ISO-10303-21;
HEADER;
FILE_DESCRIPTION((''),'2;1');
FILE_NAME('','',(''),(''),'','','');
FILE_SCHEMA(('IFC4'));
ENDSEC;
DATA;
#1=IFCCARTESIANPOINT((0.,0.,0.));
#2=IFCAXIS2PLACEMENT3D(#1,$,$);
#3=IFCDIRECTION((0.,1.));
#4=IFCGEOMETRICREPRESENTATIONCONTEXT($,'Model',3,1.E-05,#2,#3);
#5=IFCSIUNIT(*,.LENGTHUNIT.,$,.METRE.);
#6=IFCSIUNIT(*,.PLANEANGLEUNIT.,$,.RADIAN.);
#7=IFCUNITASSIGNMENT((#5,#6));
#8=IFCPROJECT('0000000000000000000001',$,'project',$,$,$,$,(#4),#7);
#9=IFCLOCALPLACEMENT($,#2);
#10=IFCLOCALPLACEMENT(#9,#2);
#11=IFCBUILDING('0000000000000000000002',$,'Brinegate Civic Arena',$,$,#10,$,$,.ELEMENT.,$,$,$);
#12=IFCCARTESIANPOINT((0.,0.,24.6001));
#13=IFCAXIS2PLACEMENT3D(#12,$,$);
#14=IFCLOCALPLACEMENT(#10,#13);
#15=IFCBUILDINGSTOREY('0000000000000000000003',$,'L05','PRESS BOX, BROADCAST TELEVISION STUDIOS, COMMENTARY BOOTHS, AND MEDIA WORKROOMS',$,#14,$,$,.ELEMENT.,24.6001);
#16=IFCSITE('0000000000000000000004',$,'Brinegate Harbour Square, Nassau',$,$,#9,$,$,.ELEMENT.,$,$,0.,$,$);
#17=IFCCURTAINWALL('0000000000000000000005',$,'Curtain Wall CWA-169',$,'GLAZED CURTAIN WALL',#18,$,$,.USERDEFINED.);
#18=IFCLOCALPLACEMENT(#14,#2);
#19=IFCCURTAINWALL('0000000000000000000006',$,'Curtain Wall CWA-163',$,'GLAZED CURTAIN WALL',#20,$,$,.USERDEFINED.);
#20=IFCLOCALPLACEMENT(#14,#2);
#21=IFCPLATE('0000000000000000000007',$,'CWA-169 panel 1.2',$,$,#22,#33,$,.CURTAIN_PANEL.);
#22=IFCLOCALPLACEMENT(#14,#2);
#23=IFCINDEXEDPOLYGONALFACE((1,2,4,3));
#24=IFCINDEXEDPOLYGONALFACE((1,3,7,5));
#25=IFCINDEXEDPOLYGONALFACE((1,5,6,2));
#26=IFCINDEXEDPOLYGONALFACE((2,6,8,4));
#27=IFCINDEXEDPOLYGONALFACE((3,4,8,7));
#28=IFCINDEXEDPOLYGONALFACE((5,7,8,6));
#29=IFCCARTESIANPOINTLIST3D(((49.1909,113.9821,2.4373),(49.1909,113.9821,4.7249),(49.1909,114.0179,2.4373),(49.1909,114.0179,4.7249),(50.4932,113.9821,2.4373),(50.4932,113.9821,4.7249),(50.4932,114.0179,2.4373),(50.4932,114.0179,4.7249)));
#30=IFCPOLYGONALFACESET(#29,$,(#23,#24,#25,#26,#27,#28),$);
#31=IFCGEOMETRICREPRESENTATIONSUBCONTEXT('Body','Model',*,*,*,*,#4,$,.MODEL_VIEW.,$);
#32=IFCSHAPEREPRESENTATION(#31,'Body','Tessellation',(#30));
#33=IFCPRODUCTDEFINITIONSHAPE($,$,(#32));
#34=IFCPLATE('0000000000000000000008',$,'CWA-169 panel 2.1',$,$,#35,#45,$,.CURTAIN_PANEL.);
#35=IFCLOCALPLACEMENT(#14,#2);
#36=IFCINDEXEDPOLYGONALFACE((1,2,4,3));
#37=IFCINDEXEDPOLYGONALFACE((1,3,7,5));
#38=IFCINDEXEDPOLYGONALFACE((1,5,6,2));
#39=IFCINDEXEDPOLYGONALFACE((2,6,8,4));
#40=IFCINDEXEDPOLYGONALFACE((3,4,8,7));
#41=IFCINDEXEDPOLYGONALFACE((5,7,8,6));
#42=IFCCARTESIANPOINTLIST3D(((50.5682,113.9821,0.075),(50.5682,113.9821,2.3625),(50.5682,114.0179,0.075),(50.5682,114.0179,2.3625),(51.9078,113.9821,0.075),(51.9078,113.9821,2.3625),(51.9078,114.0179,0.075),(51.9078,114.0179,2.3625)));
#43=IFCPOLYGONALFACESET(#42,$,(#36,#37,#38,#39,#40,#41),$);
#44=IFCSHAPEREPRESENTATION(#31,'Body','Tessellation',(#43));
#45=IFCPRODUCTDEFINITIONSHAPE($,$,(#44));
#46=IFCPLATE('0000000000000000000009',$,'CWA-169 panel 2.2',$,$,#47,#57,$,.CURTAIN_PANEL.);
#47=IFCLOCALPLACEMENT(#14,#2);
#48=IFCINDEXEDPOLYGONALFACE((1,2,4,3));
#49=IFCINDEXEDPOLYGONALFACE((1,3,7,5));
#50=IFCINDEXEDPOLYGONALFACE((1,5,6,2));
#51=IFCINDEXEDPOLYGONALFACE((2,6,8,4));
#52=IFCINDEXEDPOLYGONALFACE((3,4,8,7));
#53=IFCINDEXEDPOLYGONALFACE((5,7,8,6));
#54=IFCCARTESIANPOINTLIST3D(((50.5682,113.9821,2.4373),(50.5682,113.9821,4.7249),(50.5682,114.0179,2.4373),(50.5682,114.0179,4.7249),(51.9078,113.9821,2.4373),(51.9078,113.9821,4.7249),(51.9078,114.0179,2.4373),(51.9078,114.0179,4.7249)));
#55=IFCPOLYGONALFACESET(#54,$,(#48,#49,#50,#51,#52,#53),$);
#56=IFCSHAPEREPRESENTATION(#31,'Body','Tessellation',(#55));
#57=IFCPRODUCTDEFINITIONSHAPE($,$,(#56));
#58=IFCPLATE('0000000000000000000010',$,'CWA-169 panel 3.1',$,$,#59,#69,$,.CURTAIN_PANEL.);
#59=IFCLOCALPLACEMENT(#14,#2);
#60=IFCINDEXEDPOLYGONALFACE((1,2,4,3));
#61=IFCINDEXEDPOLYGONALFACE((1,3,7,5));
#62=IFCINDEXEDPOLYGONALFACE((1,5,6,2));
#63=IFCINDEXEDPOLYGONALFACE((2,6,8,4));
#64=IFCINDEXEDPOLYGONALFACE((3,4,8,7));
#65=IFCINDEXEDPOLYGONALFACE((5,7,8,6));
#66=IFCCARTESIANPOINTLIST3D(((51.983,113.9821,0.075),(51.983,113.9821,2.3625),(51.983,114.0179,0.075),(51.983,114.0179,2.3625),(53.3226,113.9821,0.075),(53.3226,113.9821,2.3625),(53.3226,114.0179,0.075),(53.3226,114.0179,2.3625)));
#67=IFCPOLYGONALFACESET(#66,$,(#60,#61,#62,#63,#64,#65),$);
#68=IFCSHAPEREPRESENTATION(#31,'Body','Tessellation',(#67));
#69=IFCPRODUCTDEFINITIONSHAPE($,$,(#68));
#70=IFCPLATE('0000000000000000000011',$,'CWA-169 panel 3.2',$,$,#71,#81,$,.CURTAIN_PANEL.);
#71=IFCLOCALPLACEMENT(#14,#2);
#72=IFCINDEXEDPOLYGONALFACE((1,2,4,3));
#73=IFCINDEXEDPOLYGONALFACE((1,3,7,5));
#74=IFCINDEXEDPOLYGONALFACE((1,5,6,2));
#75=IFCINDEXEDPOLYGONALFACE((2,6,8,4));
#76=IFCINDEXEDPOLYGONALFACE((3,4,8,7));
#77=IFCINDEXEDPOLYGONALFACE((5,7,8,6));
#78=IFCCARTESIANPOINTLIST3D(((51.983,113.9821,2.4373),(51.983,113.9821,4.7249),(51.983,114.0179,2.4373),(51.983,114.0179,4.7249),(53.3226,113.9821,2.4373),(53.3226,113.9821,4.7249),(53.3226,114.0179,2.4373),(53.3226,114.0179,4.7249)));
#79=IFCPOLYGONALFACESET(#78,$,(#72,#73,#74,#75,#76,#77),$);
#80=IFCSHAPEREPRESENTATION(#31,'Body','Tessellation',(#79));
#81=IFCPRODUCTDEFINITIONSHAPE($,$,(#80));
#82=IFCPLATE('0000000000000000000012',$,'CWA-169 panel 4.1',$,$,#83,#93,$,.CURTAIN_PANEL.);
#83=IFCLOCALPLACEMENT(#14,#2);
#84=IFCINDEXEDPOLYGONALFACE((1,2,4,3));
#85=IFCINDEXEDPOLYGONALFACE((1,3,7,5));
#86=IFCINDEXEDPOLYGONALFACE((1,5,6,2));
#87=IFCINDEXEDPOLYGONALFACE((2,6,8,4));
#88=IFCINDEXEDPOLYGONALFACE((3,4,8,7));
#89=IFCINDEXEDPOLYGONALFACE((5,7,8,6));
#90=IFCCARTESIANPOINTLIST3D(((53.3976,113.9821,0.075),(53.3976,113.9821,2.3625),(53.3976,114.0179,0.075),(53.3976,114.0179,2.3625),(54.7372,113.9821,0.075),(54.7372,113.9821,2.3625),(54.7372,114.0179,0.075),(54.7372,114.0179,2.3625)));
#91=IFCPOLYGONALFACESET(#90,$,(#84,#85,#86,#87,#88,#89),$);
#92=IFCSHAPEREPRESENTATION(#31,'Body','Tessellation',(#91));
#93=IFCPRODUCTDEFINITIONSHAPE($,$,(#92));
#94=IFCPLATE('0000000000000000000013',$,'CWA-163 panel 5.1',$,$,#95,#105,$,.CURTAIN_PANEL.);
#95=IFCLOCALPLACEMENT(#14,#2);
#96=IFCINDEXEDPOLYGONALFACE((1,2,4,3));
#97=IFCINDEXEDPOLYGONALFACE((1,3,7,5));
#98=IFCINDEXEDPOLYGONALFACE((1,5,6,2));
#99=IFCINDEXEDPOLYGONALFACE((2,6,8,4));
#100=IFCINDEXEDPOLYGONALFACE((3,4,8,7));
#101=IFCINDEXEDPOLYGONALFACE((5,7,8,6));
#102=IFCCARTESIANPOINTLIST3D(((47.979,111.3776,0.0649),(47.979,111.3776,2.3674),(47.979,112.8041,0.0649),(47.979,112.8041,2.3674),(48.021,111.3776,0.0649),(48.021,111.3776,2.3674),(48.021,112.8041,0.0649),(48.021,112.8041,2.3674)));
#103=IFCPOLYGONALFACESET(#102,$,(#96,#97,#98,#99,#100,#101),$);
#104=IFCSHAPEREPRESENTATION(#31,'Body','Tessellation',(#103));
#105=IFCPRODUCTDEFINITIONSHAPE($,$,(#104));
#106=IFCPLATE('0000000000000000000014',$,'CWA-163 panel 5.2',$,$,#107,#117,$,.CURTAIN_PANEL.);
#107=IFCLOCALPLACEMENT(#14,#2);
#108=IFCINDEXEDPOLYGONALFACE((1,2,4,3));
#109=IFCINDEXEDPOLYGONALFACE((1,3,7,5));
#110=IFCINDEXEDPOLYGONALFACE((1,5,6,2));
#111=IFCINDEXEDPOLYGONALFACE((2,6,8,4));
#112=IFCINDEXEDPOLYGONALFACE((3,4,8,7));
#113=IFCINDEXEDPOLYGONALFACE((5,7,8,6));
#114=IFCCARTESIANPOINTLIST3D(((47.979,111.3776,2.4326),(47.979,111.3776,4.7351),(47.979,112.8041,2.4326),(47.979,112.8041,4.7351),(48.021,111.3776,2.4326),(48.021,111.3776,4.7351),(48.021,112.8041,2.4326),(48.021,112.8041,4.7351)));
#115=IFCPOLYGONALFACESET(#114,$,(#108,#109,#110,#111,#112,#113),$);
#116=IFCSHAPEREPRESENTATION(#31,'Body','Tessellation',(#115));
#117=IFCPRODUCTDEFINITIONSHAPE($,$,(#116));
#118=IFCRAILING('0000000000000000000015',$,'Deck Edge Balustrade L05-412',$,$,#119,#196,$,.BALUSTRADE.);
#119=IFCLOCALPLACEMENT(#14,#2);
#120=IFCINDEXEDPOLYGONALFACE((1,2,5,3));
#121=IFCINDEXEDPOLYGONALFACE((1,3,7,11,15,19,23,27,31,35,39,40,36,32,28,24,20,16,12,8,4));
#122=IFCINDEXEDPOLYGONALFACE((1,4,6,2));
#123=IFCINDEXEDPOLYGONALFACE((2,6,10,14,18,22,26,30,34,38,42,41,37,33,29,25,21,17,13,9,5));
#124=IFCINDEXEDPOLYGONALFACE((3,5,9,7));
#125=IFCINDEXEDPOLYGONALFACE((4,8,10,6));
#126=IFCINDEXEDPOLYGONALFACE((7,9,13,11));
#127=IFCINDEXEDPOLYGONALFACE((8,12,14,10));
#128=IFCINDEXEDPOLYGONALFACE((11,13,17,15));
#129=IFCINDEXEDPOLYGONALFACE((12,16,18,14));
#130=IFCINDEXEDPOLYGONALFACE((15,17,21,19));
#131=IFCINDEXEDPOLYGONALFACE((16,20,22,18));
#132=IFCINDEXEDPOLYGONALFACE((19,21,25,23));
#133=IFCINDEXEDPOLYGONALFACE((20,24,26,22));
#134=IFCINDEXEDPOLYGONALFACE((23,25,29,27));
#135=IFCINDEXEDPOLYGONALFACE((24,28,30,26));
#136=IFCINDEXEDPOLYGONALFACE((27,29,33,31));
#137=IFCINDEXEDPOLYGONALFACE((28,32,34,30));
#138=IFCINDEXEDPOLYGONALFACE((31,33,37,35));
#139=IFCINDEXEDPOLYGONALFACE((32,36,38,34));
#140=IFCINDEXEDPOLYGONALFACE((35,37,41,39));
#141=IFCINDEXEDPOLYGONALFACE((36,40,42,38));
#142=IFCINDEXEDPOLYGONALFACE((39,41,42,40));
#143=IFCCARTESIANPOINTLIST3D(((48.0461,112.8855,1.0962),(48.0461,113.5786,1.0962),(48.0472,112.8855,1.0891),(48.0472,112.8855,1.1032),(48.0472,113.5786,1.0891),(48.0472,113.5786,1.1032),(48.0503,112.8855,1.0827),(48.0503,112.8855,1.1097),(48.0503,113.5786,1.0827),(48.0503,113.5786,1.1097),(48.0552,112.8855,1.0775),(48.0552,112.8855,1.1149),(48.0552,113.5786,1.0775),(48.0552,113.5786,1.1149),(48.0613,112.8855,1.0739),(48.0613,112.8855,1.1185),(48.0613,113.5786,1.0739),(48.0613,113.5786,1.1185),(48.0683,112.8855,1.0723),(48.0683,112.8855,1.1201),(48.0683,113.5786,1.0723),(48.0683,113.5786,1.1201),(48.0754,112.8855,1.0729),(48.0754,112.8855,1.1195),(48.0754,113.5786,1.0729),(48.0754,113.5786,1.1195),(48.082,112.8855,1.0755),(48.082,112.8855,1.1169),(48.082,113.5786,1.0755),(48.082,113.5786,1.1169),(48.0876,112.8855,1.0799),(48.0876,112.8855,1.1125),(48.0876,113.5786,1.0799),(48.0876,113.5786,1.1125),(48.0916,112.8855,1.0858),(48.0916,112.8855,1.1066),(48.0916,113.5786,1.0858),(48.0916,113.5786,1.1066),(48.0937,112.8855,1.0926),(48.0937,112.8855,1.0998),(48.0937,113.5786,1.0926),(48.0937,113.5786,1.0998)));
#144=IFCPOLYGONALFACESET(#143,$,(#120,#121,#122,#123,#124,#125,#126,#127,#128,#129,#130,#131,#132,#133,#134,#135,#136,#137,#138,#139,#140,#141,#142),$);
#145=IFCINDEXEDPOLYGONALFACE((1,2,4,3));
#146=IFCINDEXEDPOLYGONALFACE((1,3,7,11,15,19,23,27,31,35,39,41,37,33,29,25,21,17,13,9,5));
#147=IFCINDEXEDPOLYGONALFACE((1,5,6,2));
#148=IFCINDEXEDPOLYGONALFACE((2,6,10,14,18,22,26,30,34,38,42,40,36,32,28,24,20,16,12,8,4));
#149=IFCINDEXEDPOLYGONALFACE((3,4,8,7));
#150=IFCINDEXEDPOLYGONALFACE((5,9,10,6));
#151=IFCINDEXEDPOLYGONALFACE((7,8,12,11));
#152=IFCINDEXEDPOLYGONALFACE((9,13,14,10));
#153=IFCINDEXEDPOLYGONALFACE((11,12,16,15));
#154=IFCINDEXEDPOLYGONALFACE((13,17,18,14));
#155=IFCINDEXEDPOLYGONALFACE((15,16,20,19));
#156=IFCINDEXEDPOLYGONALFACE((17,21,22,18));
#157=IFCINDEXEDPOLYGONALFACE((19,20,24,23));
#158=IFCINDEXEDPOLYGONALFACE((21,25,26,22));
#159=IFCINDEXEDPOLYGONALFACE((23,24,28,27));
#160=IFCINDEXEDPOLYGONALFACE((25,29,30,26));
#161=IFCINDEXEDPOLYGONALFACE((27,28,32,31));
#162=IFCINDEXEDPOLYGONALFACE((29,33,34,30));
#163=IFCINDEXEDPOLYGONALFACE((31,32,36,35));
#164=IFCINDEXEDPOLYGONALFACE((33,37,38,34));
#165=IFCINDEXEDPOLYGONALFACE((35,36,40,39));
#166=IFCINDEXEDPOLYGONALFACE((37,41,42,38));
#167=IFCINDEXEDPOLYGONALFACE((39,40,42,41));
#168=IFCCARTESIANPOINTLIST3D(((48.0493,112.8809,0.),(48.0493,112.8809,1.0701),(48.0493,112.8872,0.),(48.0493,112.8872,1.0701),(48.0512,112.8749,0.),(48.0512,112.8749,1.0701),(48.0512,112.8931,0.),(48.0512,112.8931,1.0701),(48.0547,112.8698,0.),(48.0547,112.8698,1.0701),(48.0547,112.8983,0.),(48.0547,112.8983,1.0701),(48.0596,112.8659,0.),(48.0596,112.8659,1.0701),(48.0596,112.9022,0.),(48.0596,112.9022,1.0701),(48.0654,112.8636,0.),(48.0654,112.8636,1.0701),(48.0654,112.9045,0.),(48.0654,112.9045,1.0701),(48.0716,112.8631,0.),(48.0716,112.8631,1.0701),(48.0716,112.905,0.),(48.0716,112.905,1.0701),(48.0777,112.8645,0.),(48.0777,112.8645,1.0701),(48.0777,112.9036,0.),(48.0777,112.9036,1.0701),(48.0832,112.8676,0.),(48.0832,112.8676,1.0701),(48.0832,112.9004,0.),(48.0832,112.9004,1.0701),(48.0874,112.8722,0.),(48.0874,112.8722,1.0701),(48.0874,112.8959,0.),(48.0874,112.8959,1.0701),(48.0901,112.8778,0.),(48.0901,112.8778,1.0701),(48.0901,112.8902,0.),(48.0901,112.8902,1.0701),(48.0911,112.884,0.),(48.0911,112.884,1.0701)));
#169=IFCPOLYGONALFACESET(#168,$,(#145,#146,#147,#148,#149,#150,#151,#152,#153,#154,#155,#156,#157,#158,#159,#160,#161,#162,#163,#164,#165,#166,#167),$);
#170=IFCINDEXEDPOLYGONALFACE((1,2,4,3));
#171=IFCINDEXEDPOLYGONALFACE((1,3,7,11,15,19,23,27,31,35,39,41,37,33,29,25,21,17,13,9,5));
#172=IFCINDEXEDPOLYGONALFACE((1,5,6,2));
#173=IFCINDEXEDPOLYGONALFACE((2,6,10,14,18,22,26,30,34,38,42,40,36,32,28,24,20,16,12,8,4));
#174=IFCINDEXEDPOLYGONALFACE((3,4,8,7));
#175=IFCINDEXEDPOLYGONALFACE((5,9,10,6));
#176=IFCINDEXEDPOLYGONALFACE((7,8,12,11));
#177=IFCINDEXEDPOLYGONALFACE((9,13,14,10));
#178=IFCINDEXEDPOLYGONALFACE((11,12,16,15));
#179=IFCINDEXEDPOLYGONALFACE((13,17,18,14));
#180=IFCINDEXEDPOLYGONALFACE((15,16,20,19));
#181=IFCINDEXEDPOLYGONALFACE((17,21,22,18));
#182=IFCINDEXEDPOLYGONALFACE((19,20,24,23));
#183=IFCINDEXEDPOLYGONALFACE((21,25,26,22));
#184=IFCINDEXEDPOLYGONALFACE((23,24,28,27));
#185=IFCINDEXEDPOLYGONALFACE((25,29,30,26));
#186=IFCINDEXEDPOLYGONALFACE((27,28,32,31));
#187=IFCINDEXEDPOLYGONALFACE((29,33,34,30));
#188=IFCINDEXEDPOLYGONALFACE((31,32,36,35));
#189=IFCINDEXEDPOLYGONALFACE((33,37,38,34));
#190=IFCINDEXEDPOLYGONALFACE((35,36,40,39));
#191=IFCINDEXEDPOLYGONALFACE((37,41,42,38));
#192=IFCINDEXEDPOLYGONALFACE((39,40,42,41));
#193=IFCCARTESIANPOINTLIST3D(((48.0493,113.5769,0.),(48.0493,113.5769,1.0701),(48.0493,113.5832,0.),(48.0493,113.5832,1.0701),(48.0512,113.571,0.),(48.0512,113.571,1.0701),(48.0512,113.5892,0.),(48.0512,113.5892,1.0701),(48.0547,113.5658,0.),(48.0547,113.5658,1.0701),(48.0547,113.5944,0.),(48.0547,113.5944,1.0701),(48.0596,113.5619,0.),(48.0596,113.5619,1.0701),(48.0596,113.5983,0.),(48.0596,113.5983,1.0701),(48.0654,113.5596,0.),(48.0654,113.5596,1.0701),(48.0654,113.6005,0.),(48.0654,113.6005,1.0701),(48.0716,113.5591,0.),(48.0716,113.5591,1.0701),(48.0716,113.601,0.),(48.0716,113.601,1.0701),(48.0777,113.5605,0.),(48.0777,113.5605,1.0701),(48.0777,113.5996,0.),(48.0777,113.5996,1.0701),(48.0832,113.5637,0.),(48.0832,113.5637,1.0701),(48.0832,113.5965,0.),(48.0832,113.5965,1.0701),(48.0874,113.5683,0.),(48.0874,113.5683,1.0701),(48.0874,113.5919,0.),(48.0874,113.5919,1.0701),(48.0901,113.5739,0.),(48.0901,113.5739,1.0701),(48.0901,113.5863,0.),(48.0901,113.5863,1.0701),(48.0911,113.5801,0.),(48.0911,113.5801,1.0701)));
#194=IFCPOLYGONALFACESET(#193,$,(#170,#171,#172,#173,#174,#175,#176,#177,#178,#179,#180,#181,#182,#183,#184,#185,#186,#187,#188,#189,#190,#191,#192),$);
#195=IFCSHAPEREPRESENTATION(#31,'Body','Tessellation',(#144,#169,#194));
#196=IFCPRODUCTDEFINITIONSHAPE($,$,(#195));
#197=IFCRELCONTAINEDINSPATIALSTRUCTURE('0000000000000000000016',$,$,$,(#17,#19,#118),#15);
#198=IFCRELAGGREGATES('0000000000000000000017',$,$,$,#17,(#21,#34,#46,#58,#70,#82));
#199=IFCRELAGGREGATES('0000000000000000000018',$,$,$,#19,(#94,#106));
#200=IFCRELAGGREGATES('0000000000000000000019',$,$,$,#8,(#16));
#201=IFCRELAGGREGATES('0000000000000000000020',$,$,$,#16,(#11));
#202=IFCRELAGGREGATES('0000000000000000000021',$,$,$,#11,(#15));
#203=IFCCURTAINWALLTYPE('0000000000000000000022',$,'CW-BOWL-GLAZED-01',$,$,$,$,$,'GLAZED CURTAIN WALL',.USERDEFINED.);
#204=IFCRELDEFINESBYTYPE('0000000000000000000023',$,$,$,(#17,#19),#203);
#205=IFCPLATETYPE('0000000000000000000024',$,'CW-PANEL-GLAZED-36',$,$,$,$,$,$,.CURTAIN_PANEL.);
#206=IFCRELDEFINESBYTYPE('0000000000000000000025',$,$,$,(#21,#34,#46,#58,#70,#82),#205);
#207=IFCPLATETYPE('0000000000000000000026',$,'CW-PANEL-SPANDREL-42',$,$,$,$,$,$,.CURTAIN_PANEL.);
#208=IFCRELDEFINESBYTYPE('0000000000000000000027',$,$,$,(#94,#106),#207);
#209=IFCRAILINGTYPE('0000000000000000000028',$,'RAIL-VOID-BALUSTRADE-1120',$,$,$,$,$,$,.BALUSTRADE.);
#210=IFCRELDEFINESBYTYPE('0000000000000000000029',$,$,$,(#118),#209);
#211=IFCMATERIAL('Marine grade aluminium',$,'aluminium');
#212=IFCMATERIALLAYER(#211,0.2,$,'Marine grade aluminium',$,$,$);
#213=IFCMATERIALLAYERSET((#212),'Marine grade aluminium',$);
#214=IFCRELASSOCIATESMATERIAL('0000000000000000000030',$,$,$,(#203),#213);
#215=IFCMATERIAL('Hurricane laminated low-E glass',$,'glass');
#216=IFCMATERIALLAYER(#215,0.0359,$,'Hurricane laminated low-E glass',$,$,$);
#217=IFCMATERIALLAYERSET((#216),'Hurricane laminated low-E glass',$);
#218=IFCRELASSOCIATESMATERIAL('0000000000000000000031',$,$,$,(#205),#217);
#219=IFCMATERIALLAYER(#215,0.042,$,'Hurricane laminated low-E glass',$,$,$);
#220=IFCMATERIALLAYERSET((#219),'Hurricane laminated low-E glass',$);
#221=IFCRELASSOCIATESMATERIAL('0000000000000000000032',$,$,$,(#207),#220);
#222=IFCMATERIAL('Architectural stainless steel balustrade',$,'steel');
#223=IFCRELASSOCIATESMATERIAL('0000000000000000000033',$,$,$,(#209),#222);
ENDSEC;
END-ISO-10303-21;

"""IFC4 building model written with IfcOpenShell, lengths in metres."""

from ifc_helpers import new_model, si_unit, direction, frame, origin, origin_2d, place, context, subcontext, project, spatial, rectangle, circle, extrude, material, layer, layer_set, type_object, element, aggregate, save


model = new_model("IFC4")

# Units and contexts
model_context = context("Model", 3, precision=1e-05, world=origin(), true_north=direction((0.0, 1.0)))
body_context = subcontext(model_context, "Body", "Model", "MODEL_VIEW")
ifc_project = project(units=[si_unit("LENGTHUNIT", "METRE"), si_unit("PLANEANGLEUNIT", "RADIAN")], contexts=[model_context])

# Site, building, storey
site_placement = place(None, origin())
site = spatial("IfcSite", under=ifc_project, at=site_placement, Name="Brinegate Harbour Square, Nassau", CompositionType="ELEMENT", RefElevation=0.0)
building_placement = place(site_placement, origin())
building = spatial("IfcBuilding", under=site, at=building_placement, Name="Brinegate Civic Arena", CompositionType="ELEMENT")
storey_placement = place(building_placement, frame((0.0, 0.0, 24.6001)))
storey = spatial("IfcBuildingStorey", under=building, at=storey_placement, Name="L05", Description="PRESS BOX, BROADCAST TELEVISION STUDIOS, COMMENTARY BOOTHS, AND MEDIA WORKROOMS", CompositionType="ELEMENT", Elevation=24.6001)

# Curtain wall
ifc_material_1 = material(Name="Marine grade aluminium", Category="aluminium")
ifc_layer_1 = layer(ifc_material_1, 0.2, Name="Marine grade aluminium")
ifc_layer_set_1 = layer_set([ifc_layer_1], Name="Marine grade aluminium")
curtain_wall_type = type_object("IfcCurtainWallType", Name="CW-BOWL-GLAZED-01", ElementType="GLAZED CURTAIN WALL", PredefinedType="USERDEFINED", material=ifc_layer_set_1)
curtain_wall_1_placement = place(storey_placement, origin())
curtain_wall_1 = element("IfcCurtainWall", 1, at=curtain_wall_1_placement, inside=storey, type_object=curtain_wall_type, Name="Curtain Wall CWA-169", ObjectType="GLAZED CURTAIN WALL", PredefinedType="USERDEFINED")

# Curtain wall
curtain_wall_2_placement = place(storey_placement, origin())
curtain_wall_2 = element("IfcCurtainWall", 2, at=curtain_wall_2_placement, inside=storey, type_object=curtain_wall_type, Name="Curtain Wall CWA-163", ObjectType="GLAZED CURTAIN WALL", PredefinedType="USERDEFINED")

# Plates
ifc_material_2 = material(Name="Hurricane laminated low-E glass", Category="glass")
ifc_layer_2 = layer(ifc_material_2, 0.0359, Name="Hurricane laminated low-E glass")
ifc_layer_set_2 = layer_set([ifc_layer_2], Name="Hurricane laminated low-E glass")
plate_type_1 = type_object("IfcPlateType", Name="CW-PANEL-GLAZED-36", PredefinedType="CURTAIN_PANEL", material=ifc_layer_set_2)
plate_1_placement = place(storey_placement, frame((49.842, 114.0, 2.4373), z_axis=(0.0, 0.0, 1.0), x_axis=(1.0, 0.0, 0.0)))
plate_1 = element("IfcPlate", 3, at=plate_1_placement, type_object=plate_type_1, Name="CWA-169 panel 1.2", PredefinedType="CURTAIN_PANEL", context=body_context, shape_type="SweptSolid", body=[
    extrude(rectangle(XDim=1.3022, YDim=0.0359, at=origin_2d()), origin(), (0.0, 0.0, 1.0), 2.2876),
])
plate_2_placement = place(storey_placement, frame((51.238, 114.0, 0.075), z_axis=(0.0, 0.0, 1.0), x_axis=(1.0, 0.0, 0.0)))
plate_2 = element("IfcPlate", 4, at=plate_2_placement, type_object=plate_type_1, Name="CWA-169 panel 2.1", PredefinedType="CURTAIN_PANEL", context=body_context, shape_type="SweptSolid", body=[
    extrude(rectangle(XDim=1.3396, YDim=0.0359, at=origin_2d()), origin(), (0.0, 0.0, 1.0), 2.2876),
])
plate_3_placement = place(storey_placement, frame((51.238, 114.0, 2.4373), z_axis=(0.0, 0.0, 1.0), x_axis=(1.0, 0.0, 0.0)))
plate_3 = element("IfcPlate", 5, at=plate_3_placement, type_object=plate_type_1, Name="CWA-169 panel 2.2", PredefinedType="CURTAIN_PANEL", context=body_context, shape_type="SweptSolid", body=[
    extrude(rectangle(XDim=1.3396, YDim=0.0359, at=origin_2d()), origin(), (0.0, 0.0, 1.0), 2.2876),
])
plate_4_placement = place(storey_placement, frame((52.6528, 114.0, 0.075), z_axis=(0.0, 0.0, 1.0), x_axis=(1.0, 0.0, 0.0)))
plate_4 = element("IfcPlate", 6, at=plate_4_placement, type_object=plate_type_1, Name="CWA-169 panel 3.1", PredefinedType="CURTAIN_PANEL", context=body_context, shape_type="SweptSolid", body=[
    extrude(rectangle(XDim=1.3396, YDim=0.0359, at=origin_2d()), origin(), (0.0, 0.0, 1.0), 2.2876),
])
plate_5_placement = place(storey_placement, frame((52.6528, 114.0, 2.4373), z_axis=(0.0, 0.0, 1.0), x_axis=(1.0, 0.0, 0.0)))
plate_5 = element("IfcPlate", 7, at=plate_5_placement, type_object=plate_type_1, Name="CWA-169 panel 3.2", PredefinedType="CURTAIN_PANEL", context=body_context, shape_type="SweptSolid", body=[
    extrude(rectangle(XDim=1.3396, YDim=0.0359, at=origin_2d()), origin(), (0.0, 0.0, 1.0), 2.2876),
])
plate_6_placement = place(storey_placement, frame((54.0674, 114.0, 0.075), z_axis=(0.0, 0.0, 1.0), x_axis=(1.0, 0.0, 0.0)))
plate_6 = element("IfcPlate", 8, at=plate_6_placement, type_object=plate_type_1, Name="CWA-169 panel 4.1", PredefinedType="CURTAIN_PANEL", context=body_context, shape_type="SweptSolid", body=[
    extrude(rectangle(XDim=1.3396, YDim=0.0359, at=origin_2d()), origin(), (0.0, 0.0, 1.0), 2.2876),
])
aggregate(curtain_wall_1, [plate_1, plate_2, plate_3, plate_4, plate_5, plate_6])
ifc_layer_3 = layer(ifc_material_2, 0.042, Name="Hurricane laminated low-E glass")
ifc_layer_set_3 = layer_set([ifc_layer_3], Name="Hurricane laminated low-E glass")
plate_type_2 = type_object("IfcPlateType", Name="CW-PANEL-SPANDREL-42", PredefinedType="CURTAIN_PANEL", material=ifc_layer_set_3)
plate_7_placement = place(storey_placement, frame((48.0, 112.0908, 0.0649), z_axis=(0.0, 0.0, 1.0), x_axis=(0.0, 1.0, 0.0)))
plate_7 = element("IfcPlate", 9, at=plate_7_placement, type_object=plate_type_2, Name="CWA-163 panel 5.1", PredefinedType="CURTAIN_PANEL", context=body_context, shape_type="SweptSolid", body=[
    extrude(rectangle(XDim=1.4265, YDim=0.042, at=origin_2d()), origin(), (0.0, 0.0, 1.0), 2.3025),
])
plate_8_placement = place(storey_placement, frame((48.0, 112.0908, 2.4326), z_axis=(0.0, 0.0, 1.0), x_axis=(0.0, 1.0, 0.0)))
plate_8 = element("IfcPlate", 10, at=plate_8_placement, type_object=plate_type_2, Name="CWA-163 panel 5.2", PredefinedType="CURTAIN_PANEL", context=body_context, shape_type="SweptSolid", body=[
    extrude(rectangle(XDim=1.4265, YDim=0.042, at=origin_2d()), origin(), (0.0, 0.0, 1.0), 2.3025),
])
aggregate(curtain_wall_2, [plate_7, plate_8])

# Railing
ifc_material_3 = material(Name="Architectural stainless steel balustrade", Category="steel")
railing_type = type_object("IfcRailingType", Name="RAIL-VOID-BALUSTRADE-1120", PredefinedType="BALUSTRADE", material=ifc_material_3)
railing_1_placement = place(storey_placement, frame((48.0701, 112.884, 0.0)))
element("IfcRailing", 11, at=railing_1_placement, inside=storey, type_object=railing_type, Name="Deck Edge Balustrade L05-412", PredefinedType="BALUSTRADE", context=body_context, shape_type="SweptSolid", body=[
    extrude(circle(Radius=0.0239, at=origin_2d()), frame((0.0, 0.0015, 1.0962), z_axis=(0.0, 1.0, 0.0), x_axis=(-1.0, 0.0, 0.0)), (0.0, 0.0, 1.0), 0.6931),
    extrude(circle(Radius=0.021, at=origin_2d()), origin(), (0.0, 0.0, 1.0), 1.0701),
    extrude(circle(Radius=0.021, at=origin_2d()), frame((0.0, 0.696, 0.0)), (0.0, 0.0, 1.0), 1.0701),
])

save(model, "model.ifc")
